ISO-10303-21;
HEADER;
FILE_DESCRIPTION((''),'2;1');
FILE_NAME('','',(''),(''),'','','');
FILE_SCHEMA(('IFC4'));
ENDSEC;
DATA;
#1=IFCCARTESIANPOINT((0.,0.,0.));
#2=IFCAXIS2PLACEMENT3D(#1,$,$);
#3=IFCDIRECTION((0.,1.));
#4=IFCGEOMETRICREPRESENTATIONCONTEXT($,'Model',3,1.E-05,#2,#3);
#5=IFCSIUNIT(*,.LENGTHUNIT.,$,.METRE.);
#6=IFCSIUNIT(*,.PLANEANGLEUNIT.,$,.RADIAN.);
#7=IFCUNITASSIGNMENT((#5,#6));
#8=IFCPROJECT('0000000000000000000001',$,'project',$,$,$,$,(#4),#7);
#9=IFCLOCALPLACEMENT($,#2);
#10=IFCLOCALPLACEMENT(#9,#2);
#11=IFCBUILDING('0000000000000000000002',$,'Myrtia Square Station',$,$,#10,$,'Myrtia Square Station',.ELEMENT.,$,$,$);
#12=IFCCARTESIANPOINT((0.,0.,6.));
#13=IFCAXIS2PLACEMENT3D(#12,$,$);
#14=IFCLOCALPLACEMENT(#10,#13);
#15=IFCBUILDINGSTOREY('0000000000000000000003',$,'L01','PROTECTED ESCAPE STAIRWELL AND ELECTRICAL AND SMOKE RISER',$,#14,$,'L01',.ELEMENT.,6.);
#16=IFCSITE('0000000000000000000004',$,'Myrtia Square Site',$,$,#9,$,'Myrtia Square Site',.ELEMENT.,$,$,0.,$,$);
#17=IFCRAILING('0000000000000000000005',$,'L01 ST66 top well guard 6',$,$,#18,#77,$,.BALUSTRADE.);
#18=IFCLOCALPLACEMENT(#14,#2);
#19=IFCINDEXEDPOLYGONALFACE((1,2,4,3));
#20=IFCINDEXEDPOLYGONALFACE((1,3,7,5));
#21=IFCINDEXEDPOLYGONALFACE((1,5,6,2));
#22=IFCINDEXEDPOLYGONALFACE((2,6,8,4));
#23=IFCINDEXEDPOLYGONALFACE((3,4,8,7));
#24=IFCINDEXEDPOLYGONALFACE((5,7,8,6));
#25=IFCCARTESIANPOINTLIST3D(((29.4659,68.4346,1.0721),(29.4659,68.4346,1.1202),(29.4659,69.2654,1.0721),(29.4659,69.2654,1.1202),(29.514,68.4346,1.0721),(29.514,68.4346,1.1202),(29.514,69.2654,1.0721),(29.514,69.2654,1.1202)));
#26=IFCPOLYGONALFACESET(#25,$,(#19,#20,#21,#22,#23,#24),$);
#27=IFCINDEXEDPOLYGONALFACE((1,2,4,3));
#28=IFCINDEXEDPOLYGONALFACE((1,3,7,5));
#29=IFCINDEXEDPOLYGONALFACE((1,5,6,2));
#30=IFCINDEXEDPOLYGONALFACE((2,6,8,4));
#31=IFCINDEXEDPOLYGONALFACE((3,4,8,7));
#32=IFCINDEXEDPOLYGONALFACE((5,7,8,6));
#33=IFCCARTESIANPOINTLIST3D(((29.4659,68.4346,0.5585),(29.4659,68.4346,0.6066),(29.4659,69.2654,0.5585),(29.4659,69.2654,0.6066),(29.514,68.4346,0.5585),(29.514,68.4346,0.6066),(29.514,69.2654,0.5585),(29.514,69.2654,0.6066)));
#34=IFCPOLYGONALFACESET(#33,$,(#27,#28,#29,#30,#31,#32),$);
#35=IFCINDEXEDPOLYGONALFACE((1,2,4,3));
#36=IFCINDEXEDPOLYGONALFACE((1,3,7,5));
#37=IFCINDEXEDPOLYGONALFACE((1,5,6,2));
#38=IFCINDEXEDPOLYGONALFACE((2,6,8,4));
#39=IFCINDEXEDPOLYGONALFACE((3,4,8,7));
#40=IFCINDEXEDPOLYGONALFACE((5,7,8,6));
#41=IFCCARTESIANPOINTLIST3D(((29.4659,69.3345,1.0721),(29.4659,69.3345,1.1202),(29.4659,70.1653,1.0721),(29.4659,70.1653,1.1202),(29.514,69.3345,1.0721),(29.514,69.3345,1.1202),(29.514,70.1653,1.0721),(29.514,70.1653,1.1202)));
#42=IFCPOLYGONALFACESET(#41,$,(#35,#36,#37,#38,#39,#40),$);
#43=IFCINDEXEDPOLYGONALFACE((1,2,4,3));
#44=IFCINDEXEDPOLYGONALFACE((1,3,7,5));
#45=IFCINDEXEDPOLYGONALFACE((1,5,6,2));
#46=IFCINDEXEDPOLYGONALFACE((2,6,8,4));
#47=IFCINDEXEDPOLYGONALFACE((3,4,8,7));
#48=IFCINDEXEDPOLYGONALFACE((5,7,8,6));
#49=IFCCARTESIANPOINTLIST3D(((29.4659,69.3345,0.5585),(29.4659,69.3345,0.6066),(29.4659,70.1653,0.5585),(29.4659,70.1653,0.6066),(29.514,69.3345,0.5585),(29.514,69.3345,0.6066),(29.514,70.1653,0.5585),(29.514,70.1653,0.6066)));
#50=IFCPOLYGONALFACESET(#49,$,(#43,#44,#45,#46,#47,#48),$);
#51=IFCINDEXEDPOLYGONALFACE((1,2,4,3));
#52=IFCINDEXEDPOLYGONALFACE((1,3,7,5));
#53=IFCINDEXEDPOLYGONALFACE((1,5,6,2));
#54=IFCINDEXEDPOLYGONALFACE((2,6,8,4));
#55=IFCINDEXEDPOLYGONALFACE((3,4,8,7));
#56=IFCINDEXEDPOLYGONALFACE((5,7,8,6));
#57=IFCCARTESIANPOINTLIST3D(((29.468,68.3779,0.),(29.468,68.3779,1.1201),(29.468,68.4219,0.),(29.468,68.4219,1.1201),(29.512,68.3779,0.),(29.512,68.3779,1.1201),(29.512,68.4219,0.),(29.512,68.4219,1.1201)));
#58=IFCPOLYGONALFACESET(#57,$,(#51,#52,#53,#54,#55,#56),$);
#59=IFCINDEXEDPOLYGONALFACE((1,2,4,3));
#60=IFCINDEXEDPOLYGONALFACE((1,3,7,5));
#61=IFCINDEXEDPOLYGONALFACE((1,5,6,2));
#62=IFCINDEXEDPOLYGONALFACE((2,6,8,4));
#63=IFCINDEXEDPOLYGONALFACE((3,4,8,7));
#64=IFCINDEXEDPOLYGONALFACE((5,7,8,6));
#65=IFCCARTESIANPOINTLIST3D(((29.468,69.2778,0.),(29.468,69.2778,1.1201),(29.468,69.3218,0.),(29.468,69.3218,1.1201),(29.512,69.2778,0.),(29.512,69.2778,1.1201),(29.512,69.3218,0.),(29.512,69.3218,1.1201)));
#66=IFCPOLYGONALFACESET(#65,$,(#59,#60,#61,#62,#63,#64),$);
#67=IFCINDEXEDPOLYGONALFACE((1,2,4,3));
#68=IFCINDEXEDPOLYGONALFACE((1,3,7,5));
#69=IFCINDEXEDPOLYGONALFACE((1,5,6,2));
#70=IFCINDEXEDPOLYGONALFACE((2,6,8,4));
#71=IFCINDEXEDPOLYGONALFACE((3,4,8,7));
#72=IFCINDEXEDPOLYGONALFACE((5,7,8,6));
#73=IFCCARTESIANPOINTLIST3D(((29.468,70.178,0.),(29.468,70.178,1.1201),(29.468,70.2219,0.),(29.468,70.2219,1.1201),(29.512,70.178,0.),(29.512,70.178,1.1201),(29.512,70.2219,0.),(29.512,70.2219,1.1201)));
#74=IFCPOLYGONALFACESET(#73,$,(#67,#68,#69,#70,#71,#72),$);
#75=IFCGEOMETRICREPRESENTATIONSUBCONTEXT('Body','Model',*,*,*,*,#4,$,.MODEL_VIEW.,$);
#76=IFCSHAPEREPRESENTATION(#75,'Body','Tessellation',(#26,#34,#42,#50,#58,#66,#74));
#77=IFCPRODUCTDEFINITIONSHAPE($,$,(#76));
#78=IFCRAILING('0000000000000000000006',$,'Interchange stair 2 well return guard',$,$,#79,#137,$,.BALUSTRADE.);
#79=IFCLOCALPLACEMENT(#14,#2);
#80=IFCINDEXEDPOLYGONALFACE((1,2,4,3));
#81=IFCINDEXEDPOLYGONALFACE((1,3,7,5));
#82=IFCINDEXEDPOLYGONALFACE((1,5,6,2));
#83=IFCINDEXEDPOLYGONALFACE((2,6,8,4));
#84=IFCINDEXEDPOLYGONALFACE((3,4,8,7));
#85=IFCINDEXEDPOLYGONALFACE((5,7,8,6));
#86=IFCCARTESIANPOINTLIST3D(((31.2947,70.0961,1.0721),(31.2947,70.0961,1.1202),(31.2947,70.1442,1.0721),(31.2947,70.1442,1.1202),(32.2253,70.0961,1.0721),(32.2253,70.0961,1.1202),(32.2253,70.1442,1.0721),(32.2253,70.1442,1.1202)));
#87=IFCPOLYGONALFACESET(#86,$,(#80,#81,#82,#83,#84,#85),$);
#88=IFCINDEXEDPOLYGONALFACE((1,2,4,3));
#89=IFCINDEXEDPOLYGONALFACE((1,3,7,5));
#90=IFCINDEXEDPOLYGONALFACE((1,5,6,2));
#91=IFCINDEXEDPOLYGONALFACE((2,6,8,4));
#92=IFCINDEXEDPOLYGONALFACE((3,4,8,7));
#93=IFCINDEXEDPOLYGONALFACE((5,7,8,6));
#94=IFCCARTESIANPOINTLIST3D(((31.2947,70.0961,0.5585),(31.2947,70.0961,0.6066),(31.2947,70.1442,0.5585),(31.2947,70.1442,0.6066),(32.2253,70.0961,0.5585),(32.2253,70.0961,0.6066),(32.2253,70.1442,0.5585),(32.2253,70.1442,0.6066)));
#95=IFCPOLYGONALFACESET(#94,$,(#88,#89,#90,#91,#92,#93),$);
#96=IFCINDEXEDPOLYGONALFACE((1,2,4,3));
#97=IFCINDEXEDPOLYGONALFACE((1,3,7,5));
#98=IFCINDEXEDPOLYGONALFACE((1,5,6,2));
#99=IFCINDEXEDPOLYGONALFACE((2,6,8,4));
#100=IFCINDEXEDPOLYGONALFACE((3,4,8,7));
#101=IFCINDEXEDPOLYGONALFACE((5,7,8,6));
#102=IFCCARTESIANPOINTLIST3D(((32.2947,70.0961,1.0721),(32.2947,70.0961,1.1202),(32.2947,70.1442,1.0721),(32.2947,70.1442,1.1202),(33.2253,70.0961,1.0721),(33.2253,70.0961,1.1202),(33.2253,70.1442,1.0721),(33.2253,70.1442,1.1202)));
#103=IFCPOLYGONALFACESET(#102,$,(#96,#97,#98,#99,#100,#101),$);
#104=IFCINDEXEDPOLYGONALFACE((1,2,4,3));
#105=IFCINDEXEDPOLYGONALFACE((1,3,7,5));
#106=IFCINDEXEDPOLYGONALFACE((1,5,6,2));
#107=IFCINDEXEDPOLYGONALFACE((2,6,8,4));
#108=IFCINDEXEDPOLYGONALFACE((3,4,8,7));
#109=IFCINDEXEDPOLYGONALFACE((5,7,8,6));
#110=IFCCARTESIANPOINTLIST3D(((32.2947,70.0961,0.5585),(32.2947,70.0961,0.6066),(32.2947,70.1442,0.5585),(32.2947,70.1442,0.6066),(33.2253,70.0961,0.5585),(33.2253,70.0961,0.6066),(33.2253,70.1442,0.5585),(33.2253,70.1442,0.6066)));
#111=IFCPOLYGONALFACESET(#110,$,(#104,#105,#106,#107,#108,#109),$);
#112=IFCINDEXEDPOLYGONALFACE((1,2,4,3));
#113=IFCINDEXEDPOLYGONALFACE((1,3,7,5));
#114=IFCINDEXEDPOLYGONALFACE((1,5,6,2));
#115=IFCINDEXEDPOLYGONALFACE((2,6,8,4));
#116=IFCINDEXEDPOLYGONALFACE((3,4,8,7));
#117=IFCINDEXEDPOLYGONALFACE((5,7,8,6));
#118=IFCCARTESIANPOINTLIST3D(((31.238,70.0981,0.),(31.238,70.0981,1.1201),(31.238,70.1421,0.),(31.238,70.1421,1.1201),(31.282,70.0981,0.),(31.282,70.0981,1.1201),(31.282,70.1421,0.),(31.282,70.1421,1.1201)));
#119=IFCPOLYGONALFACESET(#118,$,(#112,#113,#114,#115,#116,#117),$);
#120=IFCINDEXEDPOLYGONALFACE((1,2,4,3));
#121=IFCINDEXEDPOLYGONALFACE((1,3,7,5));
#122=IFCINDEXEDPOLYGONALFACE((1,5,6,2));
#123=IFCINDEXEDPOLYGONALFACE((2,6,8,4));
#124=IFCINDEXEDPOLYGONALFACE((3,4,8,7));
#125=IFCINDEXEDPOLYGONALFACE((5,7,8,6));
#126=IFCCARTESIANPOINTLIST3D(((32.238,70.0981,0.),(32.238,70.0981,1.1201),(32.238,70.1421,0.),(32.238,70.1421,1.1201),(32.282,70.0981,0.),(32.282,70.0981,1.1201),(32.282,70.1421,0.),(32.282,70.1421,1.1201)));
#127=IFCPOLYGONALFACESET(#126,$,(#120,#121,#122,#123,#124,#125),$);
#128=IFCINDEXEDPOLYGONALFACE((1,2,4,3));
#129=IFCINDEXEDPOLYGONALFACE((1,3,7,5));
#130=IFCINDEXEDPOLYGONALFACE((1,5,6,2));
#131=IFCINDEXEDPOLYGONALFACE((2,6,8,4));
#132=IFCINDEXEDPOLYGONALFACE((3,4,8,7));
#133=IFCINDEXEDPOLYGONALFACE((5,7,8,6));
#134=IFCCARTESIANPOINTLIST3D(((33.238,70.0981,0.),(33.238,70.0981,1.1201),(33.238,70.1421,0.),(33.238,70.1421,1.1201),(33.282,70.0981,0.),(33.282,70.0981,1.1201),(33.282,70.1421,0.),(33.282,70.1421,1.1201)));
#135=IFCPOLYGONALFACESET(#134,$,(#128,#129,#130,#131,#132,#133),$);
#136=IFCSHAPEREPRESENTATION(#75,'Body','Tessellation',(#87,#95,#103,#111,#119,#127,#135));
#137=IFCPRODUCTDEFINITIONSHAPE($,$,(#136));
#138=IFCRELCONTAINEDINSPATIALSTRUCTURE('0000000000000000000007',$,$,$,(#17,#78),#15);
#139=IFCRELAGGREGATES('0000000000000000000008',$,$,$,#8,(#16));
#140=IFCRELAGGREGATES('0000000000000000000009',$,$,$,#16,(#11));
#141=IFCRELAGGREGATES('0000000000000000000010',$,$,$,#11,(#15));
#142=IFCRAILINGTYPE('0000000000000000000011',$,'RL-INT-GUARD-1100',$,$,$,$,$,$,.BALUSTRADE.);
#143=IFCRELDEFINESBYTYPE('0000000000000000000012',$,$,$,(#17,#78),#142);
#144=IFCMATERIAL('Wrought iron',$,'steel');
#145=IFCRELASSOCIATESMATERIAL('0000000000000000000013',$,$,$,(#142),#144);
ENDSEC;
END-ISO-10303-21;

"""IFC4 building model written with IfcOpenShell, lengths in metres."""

from ifc_helpers import new_model, si_unit, direction, frame, origin, origin_2d, place, context, subcontext, project, spatial, rectangle, extrude, material, type_object, element, save


model = new_model("IFC4")

# Units and contexts
model_context = context("Model", 3, precision=1e-05, world=origin(), true_north=direction((0.0, 1.0)))
body_context = subcontext(model_context, "Body", "Model", "MODEL_VIEW")
ifc_project = project(units=[si_unit("LENGTHUNIT", "METRE"), si_unit("PLANEANGLEUNIT", "RADIAN")], contexts=[model_context])

# Site, building, storey
site_placement = place(None, origin())
site = spatial("IfcSite", under=ifc_project, at=site_placement, Name="Myrtia Square Site", LongName="Myrtia Square Site", CompositionType="ELEMENT", RefElevation=0.0)
building_placement = place(site_placement, origin())
building = spatial("IfcBuilding", under=site, at=building_placement, Name="Myrtia Square Station", LongName="Myrtia Square Station", CompositionType="ELEMENT")
storey_placement = place(building_placement, frame((0.0, 0.0, 6.0)))
storey = spatial("IfcBuildingStorey", under=building, at=storey_placement, Name="L01", Description="PROTECTED ESCAPE STAIRWELL AND ELECTRICAL AND SMOKE RISER", LongName="L01", CompositionType="ELEMENT", Elevation=6.0)

# Railings
ifc_material_1 = material(Name="Wrought iron", Category="steel")
railing_type = type_object("IfcRailingType", Name="RL-INT-GUARD-1100", PredefinedType="BALUSTRADE", material=ifc_material_1)
railing_1_placement = place(storey_placement, frame((29.49, 68.3999, 0.0)))
element("IfcRailing", 1, at=railing_1_placement, inside=storey, type_object=railing_type, Name="L01 ST66 top well guard 6", PredefinedType="BALUSTRADE", context=body_context, shape_type="SweptSolid", body=[
    extrude(rectangle(XDim=0.0481, YDim=0.0481, at=origin_2d()), frame((0.0, 0.0347, 1.0962), z_axis=(0.0, 1.0, 0.0), x_axis=(-1.0, 0.0, 0.0)), (0.0, 0.0, 1.0), 0.8308),
    extrude(rectangle(XDim=0.0481, YDim=0.0481, at=origin_2d()), frame((0.0, 0.0347, 0.5825), z_axis=(0.0, 1.0, 0.0), x_axis=(-1.0, 0.0, 0.0)), (0.0, 0.0, 1.0), 0.8308),
    extrude(rectangle(XDim=0.0481, YDim=0.0481, at=origin_2d()), frame((0.0, 0.9346, 1.0962), z_axis=(0.0, 1.0, 0.0), x_axis=(-1.0, 0.0, 0.0)), (0.0, 0.0, 1.0), 0.8308),
    extrude(rectangle(XDim=0.0481, YDim=0.0481, at=origin_2d()), frame((0.0, 0.9346, 0.5825), z_axis=(0.0, 1.0, 0.0), x_axis=(-1.0, 0.0, 0.0)), (0.0, 0.0, 1.0), 0.8308),
    extrude(rectangle(XDim=0.0439, YDim=0.0439, at=origin_2d()), origin(), (0.0, 0.0, 1.0), 1.1201),
    extrude(rectangle(XDim=0.0439, YDim=0.0439, at=origin_2d()), frame((0.0, 0.8999, 0.0)), (0.0, 0.0, 1.0), 1.1201),
    extrude(rectangle(XDim=0.0439, YDim=0.0439, at=origin_2d()), frame((0.0, 1.8, 0.0)), (0.0, 0.0, 1.0), 1.1201),
])
railing_2_placement = place(storey_placement, frame((31.26, 70.1201, 0.0)))
element("IfcRailing", 2, at=railing_2_placement, inside=storey, type_object=railing_type, Name="Interchange stair 2 well return guard", PredefinedType="BALUSTRADE", context=body_context, shape_type="SweptSolid", body=[
    extrude(rectangle(XDim=0.0481, YDim=0.0481, at=origin_2d()), frame((0.0347, 0.0, 1.0962), z_axis=(1.0, 0.0, 0.0), x_axis=(0.0, 1.0, 0.0)), (0.0, 0.0, 1.0), 0.9307),
    extrude(rectangle(XDim=0.0481, YDim=0.0481, at=origin_2d()), frame((0.0347, 0.0, 0.5825), z_axis=(1.0, 0.0, 0.0), x_axis=(0.0, 1.0, 0.0)), (0.0, 0.0, 1.0), 0.9307),
    extrude(rectangle(XDim=0.0481, YDim=0.0481, at=origin_2d()), frame((1.0347, 0.0, 1.0962), z_axis=(1.0, 0.0, 0.0), x_axis=(0.0, 1.0, 0.0)), (0.0, 0.0, 1.0), 0.9307),
    extrude(rectangle(XDim=0.0481, YDim=0.0481, at=origin_2d()), frame((1.0347, 0.0, 0.5825), z_axis=(1.0, 0.0, 0.0), x_axis=(0.0, 1.0, 0.0)), (0.0, 0.0, 1.0), 0.9307),
    extrude(rectangle(XDim=0.0439, YDim=0.0439, at=origin_2d()), origin(), (0.0, 0.0, 1.0), 1.1201),
    extrude(rectangle(XDim=0.0439, YDim=0.0439, at=origin_2d()), frame((1.0, 0.0, 0.0)), (0.0, 0.0, 1.0), 1.1201),
    extrude(rectangle(XDim=0.0439, YDim=0.0439, at=origin_2d()), frame((2.0, 0.0, 0.0)), (0.0, 0.0, 1.0), 1.1201),
])

save(model, "model.ifc")
